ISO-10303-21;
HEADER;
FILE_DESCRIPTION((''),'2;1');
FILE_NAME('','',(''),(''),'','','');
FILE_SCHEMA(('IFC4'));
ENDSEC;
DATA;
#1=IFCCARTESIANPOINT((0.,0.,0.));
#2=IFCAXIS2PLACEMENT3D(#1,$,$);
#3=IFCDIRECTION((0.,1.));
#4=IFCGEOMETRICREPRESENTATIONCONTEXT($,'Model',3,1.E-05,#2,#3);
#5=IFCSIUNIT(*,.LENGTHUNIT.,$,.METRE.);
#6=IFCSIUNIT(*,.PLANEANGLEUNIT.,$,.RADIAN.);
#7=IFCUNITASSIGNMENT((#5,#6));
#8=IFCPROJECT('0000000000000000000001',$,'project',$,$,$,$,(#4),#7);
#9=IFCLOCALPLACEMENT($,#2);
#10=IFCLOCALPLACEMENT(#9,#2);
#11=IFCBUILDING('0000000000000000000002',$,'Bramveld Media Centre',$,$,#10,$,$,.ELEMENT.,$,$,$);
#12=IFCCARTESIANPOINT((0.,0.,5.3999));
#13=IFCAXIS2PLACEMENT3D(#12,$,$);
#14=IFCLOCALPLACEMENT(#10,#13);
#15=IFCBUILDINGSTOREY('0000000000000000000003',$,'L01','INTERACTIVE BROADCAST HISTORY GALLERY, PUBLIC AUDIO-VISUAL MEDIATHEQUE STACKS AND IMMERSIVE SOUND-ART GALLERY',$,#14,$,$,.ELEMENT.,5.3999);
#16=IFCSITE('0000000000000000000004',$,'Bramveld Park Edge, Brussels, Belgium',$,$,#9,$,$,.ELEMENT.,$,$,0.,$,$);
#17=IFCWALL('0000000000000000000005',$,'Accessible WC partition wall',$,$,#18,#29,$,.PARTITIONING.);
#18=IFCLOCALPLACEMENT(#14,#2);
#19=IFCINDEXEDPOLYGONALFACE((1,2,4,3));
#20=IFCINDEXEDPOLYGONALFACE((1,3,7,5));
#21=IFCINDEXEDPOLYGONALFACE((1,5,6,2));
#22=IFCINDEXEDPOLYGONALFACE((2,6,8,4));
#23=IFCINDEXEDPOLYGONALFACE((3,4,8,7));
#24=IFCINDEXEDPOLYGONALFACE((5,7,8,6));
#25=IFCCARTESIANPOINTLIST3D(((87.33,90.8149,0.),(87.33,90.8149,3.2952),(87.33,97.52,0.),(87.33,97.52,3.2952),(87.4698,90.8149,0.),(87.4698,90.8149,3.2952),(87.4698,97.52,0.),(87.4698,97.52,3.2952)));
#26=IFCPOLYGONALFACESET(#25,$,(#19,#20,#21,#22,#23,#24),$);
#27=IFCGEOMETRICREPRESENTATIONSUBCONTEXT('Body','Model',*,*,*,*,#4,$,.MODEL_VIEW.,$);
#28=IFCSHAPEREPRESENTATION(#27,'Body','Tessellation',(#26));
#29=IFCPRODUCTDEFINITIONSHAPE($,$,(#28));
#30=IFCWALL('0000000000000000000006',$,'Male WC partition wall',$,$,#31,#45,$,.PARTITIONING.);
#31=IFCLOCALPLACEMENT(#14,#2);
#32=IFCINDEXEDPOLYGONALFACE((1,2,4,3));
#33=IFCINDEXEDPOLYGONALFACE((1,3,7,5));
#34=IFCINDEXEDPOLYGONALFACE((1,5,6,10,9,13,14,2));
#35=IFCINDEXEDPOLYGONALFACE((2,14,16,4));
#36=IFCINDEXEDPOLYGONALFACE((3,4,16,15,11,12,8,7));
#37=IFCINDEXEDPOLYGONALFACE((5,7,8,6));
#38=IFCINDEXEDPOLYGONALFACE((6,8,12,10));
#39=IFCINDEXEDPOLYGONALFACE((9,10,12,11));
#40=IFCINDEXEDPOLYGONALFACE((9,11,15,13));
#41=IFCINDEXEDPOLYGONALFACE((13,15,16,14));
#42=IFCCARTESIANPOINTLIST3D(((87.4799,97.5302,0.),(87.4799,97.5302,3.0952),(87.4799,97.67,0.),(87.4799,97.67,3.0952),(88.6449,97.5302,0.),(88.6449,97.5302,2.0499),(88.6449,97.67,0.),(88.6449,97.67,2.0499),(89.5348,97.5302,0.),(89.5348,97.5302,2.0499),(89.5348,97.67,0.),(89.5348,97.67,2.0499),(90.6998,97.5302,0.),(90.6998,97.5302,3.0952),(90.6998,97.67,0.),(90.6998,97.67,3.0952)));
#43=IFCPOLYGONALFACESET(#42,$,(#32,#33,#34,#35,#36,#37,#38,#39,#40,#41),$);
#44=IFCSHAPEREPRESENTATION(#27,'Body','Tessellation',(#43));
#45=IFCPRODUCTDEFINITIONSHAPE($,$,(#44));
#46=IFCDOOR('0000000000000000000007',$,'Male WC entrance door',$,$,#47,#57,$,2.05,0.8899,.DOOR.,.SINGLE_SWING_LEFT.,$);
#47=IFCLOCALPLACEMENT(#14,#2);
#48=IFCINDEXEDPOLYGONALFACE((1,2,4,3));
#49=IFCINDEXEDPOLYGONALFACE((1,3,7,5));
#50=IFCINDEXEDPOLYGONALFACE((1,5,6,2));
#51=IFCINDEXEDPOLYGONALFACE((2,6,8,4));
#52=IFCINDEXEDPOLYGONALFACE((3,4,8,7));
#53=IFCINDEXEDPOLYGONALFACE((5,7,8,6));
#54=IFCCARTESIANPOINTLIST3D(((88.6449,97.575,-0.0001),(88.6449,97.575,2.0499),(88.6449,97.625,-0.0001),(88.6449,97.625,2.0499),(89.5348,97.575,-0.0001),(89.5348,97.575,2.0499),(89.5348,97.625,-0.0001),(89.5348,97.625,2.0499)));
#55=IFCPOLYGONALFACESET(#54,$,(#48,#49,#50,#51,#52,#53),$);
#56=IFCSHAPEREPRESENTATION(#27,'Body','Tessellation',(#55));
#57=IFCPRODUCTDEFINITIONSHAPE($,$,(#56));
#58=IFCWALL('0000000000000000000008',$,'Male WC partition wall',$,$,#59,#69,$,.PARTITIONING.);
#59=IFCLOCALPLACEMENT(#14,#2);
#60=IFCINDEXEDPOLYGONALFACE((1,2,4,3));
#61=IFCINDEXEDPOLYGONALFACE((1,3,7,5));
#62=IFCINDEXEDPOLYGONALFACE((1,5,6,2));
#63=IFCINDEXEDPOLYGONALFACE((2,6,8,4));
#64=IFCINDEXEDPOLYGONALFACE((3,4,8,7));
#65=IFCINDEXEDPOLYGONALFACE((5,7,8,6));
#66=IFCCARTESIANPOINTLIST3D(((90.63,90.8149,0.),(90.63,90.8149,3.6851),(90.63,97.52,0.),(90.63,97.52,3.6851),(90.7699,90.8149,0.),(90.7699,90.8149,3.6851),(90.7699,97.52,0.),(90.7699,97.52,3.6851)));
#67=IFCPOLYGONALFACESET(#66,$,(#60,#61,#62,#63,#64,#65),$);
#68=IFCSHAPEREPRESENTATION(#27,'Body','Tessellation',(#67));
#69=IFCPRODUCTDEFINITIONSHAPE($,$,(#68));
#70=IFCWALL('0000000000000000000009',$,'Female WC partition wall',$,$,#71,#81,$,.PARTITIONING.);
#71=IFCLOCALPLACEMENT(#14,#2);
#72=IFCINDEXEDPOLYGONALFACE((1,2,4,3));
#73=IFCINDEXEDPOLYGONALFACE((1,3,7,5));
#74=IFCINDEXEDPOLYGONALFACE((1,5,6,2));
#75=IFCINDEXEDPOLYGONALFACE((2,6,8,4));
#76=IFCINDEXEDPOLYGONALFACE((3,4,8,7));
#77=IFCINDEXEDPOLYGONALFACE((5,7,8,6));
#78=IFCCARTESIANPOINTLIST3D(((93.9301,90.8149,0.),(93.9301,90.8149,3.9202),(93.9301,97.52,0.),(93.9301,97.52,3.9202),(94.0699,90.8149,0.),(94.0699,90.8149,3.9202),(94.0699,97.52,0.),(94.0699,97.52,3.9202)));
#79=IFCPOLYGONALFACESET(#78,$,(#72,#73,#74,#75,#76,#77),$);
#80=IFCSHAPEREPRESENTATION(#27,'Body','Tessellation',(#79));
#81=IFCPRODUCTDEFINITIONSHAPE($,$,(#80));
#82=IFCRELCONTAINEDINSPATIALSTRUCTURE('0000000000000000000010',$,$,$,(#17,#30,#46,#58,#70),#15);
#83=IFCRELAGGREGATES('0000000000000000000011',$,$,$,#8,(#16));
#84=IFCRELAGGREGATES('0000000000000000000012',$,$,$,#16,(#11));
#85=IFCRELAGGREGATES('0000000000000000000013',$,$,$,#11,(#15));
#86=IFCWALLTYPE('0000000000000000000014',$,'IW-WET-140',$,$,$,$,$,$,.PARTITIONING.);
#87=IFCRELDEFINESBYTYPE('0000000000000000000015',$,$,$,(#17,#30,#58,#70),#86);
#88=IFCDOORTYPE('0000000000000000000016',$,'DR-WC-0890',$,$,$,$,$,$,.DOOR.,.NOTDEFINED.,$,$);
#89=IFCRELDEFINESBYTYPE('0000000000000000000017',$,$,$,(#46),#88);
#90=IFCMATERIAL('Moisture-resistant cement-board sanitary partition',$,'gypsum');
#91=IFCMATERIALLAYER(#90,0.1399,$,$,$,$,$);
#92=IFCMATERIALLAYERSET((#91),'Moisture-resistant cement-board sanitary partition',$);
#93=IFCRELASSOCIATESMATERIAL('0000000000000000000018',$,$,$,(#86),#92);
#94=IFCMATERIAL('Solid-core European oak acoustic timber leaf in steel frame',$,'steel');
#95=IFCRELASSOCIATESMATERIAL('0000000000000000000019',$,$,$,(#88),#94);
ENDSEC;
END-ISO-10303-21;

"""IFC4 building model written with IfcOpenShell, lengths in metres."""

from ifc_helpers import new_model, si_unit, direction, frame, frame_2d, origin, place, context, subcontext, project, spatial, rectangle, extrude, material, layer, layer_set, type_object, element, fill, save


model = new_model("IFC4")

# Units and contexts
model_context = context("Model", 3, precision=1e-05, world=origin(), true_north=direction((0.0, 1.0)))
body_context = subcontext(model_context, "Body", "Model", "MODEL_VIEW")
ifc_project = project(units=[si_unit("LENGTHUNIT", "METRE"), si_unit("PLANEANGLEUNIT", "RADIAN")], contexts=[model_context])

# Site, building, storey
site_placement = place(None, origin())
site = spatial("IfcSite", under=ifc_project, at=site_placement, Name="Bramveld Park Edge, Brussels, Belgium", CompositionType="ELEMENT", RefElevation=0.0)
building_placement = place(site_placement, origin())
building = spatial("IfcBuilding", under=site, at=building_placement, Name="Bramveld Media Centre", CompositionType="ELEMENT")
storey_placement = place(building_placement, frame((0.0, 0.0, 5.3999)))
storey = spatial("IfcBuildingStorey", under=building, at=storey_placement, Name="L01", Description="INTERACTIVE BROADCAST HISTORY GALLERY, PUBLIC AUDIO-VISUAL MEDIATHEQUE STACKS AND IMMERSIVE SOUND-ART GALLERY", CompositionType="ELEMENT", Elevation=5.3999)

# Wall
ifc_material_1 = material(Name="Moisture-resistant cement-board sanitary partition", Category="gypsum")
ifc_layer_1 = layer(ifc_material_1, 0.1399)
ifc_layer_set_1 = layer_set([ifc_layer_1], Name="Moisture-resistant cement-board sanitary partition")
wall_type = type_object("IfcWallType", Name="IW-WET-140", PredefinedType="PARTITIONING", material=ifc_layer_set_1)
wall_1_placement = place(storey_placement, frame((87.3999, 90.8149, 0.0), z_axis=(0.0, 0.0, 1.0), x_axis=(0.0, 1.0, 0.0)))
element("IfcWall", 1, at=wall_1_placement, inside=storey, type_object=wall_type, Name="Accessible WC partition wall", PredefinedType="PARTITIONING", context=body_context, shape_type="SweptSolid", body=[
    extrude(rectangle(XDim=6.7051, YDim=0.1399, at=frame_2d((3.3525, 0.0))), origin(), (0.0, 0.0, 1.0), 3.2952),
])

# Wall, opening, door
wall_2_placement = place(storey_placement, frame((87.48, 97.6001, 0.0), z_axis=(0.0, 0.0, 1.0), x_axis=(1.0, 0.0, 0.0)))
wall_2 = element("IfcWall", 2, at=wall_2_placement, inside=storey, type_object=wall_type, Name="Male WC partition wall", PredefinedType="PARTITIONING", context=body_context, shape_type="SweptSolid", body=[
    extrude(rectangle(XDim=3.22, YDim=0.1399, at=frame_2d((1.6099, 0.0))), origin(), (0.0, 0.0, 1.0), 3.0952),
])
opening_placement = place(wall_2_placement, frame((1.165, 0.0, 0.0)))
opening = element("IfcOpeningElement", 3, at=opening_placement, cuts=wall_2, PredefinedType="OPENING", context=body_context, shape_type="SweptSolid", body=[
    extrude(rectangle(XDim=0.8899, YDim=2.05, at=frame_2d((0.4448, 1.0249))), frame((0.0, 0.082, 0.0), z_axis=(0.0, -1.0, 0.0), x_axis=(1.0, 0.0, 0.0)), (0.0, 0.0, 1.0), 0.1638),
])
ifc_material_2 = material(Name="Solid-core European oak acoustic timber leaf in steel frame", Category="steel")
door_type = type_object("IfcDoorType", Name="DR-WC-0890", OperationType="NOTDEFINED", PredefinedType="DOOR", material=ifc_material_2)
door_placement = place(opening_placement, origin())
door = element("IfcDoor", 4, at=door_placement, inside=storey, type_object=door_type, Name="Male WC entrance door", OperationType="SINGLE_SWING_LEFT", OverallHeight=2.05, OverallWidth=0.8899, PredefinedType="DOOR", context=body_context, shape_type="SweptSolid", body=[
    extrude(rectangle(XDim=0.8899, YDim=2.05, at=frame_2d((0.4448, 1.0249))), frame((0.0, 0.0249, 0.0), z_axis=(0.0, -1.0, 0.0), x_axis=(1.0, 0.0, 0.0)), (0.0, 0.0, 1.0), 0.05),
])
fill(opening, door)

# Walls
wall_3_placement = place(storey_placement, frame((90.7, 90.8149, 0.0), z_axis=(0.0, 0.0, 1.0), x_axis=(0.0, 1.0, 0.0)))
element("IfcWall", 5, at=wall_3_placement, inside=storey, type_object=wall_type, Name="Male WC partition wall", PredefinedType="PARTITIONING", context=body_context, shape_type="SweptSolid", body=[
    extrude(rectangle(XDim=6.7051, YDim=0.1399, at=frame_2d((3.3525, 0.0))), origin(), (0.0, 0.0, 1.0), 3.6851),
])
wall_4_placement = place(storey_placement, frame((94.0, 90.8149, 0.0), z_axis=(0.0, 0.0, 1.0), x_axis=(0.0, 1.0, 0.0)))
element("IfcWall", 6, at=wall_4_placement, inside=storey, type_object=wall_type, Name="Female WC partition wall", PredefinedType="PARTITIONING", context=body_context, shape_type="SweptSolid", body=[
    extrude(rectangle(XDim=6.7051, YDim=0.1399, at=frame_2d((3.3525, 0.0))), origin(), (0.0, 0.0, 1.0), 3.9202),
])

save(model, "model.ifc")
